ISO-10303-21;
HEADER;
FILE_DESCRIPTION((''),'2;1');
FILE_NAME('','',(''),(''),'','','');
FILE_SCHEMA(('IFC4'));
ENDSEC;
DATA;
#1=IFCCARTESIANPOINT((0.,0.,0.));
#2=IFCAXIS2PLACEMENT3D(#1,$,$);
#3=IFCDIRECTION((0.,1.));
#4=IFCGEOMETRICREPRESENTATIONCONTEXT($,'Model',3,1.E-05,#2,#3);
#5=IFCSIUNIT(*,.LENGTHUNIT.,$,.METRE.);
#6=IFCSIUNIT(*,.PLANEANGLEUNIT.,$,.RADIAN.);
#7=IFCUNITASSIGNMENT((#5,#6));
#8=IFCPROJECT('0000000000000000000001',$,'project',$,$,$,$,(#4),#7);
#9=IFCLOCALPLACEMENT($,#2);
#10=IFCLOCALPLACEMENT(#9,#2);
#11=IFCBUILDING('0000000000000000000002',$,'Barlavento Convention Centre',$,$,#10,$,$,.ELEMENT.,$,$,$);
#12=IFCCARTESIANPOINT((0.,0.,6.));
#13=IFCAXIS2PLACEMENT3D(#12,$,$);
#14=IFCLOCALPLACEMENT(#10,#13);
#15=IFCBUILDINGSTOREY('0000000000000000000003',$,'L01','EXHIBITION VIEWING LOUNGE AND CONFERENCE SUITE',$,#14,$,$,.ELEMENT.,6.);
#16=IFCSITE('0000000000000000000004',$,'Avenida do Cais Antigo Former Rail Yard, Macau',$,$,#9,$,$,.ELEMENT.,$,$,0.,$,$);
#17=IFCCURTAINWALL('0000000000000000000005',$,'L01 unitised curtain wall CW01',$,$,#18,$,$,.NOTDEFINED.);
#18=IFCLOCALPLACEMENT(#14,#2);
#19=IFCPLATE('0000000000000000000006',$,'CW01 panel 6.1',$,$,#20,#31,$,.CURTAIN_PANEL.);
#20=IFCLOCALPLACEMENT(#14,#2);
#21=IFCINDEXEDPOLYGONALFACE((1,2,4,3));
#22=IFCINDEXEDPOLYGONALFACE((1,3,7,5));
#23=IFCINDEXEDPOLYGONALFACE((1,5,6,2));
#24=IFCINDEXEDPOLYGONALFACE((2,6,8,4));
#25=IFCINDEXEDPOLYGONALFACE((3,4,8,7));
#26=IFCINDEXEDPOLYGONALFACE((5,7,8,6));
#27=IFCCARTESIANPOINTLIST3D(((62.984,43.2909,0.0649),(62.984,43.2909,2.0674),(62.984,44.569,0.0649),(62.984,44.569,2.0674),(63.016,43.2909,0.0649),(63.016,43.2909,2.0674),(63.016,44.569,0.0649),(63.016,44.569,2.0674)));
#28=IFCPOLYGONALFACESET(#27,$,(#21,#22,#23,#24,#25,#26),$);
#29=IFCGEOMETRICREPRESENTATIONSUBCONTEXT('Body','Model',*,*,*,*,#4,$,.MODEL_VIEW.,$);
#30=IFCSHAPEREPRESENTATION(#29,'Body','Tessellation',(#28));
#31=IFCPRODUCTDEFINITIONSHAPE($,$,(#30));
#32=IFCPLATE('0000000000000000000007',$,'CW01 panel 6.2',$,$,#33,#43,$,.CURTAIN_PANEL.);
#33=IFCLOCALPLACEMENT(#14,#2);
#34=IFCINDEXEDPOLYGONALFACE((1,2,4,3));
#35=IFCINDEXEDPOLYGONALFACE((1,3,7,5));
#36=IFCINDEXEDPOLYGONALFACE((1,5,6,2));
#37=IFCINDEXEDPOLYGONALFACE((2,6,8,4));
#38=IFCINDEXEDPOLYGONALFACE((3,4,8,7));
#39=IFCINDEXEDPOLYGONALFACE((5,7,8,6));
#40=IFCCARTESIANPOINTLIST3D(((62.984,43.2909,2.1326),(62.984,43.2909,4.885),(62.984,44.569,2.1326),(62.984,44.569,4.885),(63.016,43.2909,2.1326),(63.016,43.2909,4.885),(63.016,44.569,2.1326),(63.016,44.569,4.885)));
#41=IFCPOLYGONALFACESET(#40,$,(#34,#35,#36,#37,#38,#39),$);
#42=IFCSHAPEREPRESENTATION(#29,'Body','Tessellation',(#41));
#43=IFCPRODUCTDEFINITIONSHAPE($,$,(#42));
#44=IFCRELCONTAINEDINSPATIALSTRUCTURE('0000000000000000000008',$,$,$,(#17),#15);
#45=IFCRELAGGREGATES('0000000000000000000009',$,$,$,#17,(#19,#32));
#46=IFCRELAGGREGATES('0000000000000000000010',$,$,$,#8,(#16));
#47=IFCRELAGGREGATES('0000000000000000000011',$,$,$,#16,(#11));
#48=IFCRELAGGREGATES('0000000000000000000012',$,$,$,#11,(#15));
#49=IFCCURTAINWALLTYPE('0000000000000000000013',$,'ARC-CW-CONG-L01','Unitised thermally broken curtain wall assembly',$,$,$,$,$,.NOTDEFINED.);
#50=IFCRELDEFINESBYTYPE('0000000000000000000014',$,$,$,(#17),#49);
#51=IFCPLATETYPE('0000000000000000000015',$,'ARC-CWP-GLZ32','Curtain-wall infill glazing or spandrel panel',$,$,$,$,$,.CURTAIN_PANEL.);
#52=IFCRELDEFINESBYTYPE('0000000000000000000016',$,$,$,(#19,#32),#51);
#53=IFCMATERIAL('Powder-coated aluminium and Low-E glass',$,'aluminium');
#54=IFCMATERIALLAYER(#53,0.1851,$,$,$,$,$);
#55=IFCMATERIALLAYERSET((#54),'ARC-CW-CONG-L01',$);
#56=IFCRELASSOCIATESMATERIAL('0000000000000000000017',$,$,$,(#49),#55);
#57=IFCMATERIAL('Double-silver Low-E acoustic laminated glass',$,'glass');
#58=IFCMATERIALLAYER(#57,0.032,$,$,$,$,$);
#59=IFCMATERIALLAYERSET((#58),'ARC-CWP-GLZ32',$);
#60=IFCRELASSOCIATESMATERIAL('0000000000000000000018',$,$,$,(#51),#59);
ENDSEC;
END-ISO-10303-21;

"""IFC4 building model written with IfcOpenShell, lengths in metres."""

from ifc_helpers import new_model, si_unit, direction, frame, origin, origin_2d, place, context, subcontext, project, spatial, rectangle, extrude, material, layer, layer_set, type_object, element, aggregate, save


model = new_model("IFC4")

# Units and contexts
model_context = context("Model", 3, precision=1e-05, world=origin(), true_north=direction((0.0, 1.0)))
body_context = subcontext(model_context, "Body", "Model", "MODEL_VIEW")
ifc_project = project(units=[si_unit("LENGTHUNIT", "METRE"), si_unit("PLANEANGLEUNIT", "RADIAN")], contexts=[model_context])

# Site, building, storey
site_placement = place(None, origin())
site = spatial("IfcSite", under=ifc_project, at=site_placement, Name="Avenida do Cais Antigo Former Rail Yard, Macau", CompositionType="ELEMENT", RefElevation=0.0)
building_placement = place(site_placement, origin())
building = spatial("IfcBuilding", under=site, at=building_placement, Name="Barlavento Convention Centre", CompositionType="ELEMENT")
storey_placement = place(building_placement, frame((0.0, 0.0, 6.0)))
storey = spatial("IfcBuildingStorey", under=building, at=storey_placement, Name="L01", Description="EXHIBITION VIEWING LOUNGE AND CONFERENCE SUITE", CompositionType="ELEMENT", Elevation=6.0)

# Curtain wall
ifc_material_1 = material(Name="Powder-coated aluminium and Low-E glass", Category="aluminium")
ifc_layer_1 = layer(ifc_material_1, 0.1851)
ifc_layer_set_1 = layer_set([ifc_layer_1], Name="ARC-CW-CONG-L01")
curtain_wall_type = type_object("IfcCurtainWallType", Name="ARC-CW-CONG-L01", Description="Unitised thermally broken curtain wall assembly", PredefinedType="NOTDEFINED", material=ifc_layer_set_1)
curtain_wall_placement = place(storey_placement, origin())
curtain_wall = element("IfcCurtainWall", 1, at=curtain_wall_placement, inside=storey, type_object=curtain_wall_type, Name="L01 unitised curtain wall CW01", PredefinedType="NOTDEFINED")

# Plates
ifc_material_2 = material(Name="Double-silver Low-E acoustic laminated glass", Category="glass")
ifc_layer_2 = layer(ifc_material_2, 0.032)
ifc_layer_set_2 = layer_set([ifc_layer_2], Name="ARC-CWP-GLZ32")
plate_type = type_object("IfcPlateType", Name="ARC-CWP-GLZ32", Description="Curtain-wall infill glazing or spandrel panel", PredefinedType="CURTAIN_PANEL", material=ifc_layer_set_2)
plate_1_placement = place(storey_placement, frame((63.0, 43.9299, 0.0649), z_axis=(0.0, 0.0, 1.0), x_axis=(0.0, 1.0, 0.0)))
plate_1 = element("IfcPlate", 2, at=plate_1_placement, type_object=plate_type, Name="CW01 panel 6.1", PredefinedType="CURTAIN_PANEL", context=body_context, shape_type="SweptSolid", body=[
    extrude(rectangle(XDim=1.2781, YDim=0.032, at=origin_2d()), origin(), (0.0, 0.0, 1.0), 2.0024),
])
plate_2_placement = place(storey_placement, frame((63.0, 43.9299, 2.1326), z_axis=(0.0, 0.0, 1.0), x_axis=(0.0, 1.0, 0.0)))
plate_2 = element("IfcPlate", 3, at=plate_2_placement, type_object=plate_type, Name="CW01 panel 6.2", PredefinedType="CURTAIN_PANEL", context=body_context, shape_type="SweptSolid", body=[
    extrude(rectangle(XDim=1.2781, YDim=0.032, at=origin_2d()), origin(), (0.0, 0.0, 1.0), 2.7524),
])
aggregate(curtain_wall, [plate_1, plate_2])

save(model, "model.ifc")
